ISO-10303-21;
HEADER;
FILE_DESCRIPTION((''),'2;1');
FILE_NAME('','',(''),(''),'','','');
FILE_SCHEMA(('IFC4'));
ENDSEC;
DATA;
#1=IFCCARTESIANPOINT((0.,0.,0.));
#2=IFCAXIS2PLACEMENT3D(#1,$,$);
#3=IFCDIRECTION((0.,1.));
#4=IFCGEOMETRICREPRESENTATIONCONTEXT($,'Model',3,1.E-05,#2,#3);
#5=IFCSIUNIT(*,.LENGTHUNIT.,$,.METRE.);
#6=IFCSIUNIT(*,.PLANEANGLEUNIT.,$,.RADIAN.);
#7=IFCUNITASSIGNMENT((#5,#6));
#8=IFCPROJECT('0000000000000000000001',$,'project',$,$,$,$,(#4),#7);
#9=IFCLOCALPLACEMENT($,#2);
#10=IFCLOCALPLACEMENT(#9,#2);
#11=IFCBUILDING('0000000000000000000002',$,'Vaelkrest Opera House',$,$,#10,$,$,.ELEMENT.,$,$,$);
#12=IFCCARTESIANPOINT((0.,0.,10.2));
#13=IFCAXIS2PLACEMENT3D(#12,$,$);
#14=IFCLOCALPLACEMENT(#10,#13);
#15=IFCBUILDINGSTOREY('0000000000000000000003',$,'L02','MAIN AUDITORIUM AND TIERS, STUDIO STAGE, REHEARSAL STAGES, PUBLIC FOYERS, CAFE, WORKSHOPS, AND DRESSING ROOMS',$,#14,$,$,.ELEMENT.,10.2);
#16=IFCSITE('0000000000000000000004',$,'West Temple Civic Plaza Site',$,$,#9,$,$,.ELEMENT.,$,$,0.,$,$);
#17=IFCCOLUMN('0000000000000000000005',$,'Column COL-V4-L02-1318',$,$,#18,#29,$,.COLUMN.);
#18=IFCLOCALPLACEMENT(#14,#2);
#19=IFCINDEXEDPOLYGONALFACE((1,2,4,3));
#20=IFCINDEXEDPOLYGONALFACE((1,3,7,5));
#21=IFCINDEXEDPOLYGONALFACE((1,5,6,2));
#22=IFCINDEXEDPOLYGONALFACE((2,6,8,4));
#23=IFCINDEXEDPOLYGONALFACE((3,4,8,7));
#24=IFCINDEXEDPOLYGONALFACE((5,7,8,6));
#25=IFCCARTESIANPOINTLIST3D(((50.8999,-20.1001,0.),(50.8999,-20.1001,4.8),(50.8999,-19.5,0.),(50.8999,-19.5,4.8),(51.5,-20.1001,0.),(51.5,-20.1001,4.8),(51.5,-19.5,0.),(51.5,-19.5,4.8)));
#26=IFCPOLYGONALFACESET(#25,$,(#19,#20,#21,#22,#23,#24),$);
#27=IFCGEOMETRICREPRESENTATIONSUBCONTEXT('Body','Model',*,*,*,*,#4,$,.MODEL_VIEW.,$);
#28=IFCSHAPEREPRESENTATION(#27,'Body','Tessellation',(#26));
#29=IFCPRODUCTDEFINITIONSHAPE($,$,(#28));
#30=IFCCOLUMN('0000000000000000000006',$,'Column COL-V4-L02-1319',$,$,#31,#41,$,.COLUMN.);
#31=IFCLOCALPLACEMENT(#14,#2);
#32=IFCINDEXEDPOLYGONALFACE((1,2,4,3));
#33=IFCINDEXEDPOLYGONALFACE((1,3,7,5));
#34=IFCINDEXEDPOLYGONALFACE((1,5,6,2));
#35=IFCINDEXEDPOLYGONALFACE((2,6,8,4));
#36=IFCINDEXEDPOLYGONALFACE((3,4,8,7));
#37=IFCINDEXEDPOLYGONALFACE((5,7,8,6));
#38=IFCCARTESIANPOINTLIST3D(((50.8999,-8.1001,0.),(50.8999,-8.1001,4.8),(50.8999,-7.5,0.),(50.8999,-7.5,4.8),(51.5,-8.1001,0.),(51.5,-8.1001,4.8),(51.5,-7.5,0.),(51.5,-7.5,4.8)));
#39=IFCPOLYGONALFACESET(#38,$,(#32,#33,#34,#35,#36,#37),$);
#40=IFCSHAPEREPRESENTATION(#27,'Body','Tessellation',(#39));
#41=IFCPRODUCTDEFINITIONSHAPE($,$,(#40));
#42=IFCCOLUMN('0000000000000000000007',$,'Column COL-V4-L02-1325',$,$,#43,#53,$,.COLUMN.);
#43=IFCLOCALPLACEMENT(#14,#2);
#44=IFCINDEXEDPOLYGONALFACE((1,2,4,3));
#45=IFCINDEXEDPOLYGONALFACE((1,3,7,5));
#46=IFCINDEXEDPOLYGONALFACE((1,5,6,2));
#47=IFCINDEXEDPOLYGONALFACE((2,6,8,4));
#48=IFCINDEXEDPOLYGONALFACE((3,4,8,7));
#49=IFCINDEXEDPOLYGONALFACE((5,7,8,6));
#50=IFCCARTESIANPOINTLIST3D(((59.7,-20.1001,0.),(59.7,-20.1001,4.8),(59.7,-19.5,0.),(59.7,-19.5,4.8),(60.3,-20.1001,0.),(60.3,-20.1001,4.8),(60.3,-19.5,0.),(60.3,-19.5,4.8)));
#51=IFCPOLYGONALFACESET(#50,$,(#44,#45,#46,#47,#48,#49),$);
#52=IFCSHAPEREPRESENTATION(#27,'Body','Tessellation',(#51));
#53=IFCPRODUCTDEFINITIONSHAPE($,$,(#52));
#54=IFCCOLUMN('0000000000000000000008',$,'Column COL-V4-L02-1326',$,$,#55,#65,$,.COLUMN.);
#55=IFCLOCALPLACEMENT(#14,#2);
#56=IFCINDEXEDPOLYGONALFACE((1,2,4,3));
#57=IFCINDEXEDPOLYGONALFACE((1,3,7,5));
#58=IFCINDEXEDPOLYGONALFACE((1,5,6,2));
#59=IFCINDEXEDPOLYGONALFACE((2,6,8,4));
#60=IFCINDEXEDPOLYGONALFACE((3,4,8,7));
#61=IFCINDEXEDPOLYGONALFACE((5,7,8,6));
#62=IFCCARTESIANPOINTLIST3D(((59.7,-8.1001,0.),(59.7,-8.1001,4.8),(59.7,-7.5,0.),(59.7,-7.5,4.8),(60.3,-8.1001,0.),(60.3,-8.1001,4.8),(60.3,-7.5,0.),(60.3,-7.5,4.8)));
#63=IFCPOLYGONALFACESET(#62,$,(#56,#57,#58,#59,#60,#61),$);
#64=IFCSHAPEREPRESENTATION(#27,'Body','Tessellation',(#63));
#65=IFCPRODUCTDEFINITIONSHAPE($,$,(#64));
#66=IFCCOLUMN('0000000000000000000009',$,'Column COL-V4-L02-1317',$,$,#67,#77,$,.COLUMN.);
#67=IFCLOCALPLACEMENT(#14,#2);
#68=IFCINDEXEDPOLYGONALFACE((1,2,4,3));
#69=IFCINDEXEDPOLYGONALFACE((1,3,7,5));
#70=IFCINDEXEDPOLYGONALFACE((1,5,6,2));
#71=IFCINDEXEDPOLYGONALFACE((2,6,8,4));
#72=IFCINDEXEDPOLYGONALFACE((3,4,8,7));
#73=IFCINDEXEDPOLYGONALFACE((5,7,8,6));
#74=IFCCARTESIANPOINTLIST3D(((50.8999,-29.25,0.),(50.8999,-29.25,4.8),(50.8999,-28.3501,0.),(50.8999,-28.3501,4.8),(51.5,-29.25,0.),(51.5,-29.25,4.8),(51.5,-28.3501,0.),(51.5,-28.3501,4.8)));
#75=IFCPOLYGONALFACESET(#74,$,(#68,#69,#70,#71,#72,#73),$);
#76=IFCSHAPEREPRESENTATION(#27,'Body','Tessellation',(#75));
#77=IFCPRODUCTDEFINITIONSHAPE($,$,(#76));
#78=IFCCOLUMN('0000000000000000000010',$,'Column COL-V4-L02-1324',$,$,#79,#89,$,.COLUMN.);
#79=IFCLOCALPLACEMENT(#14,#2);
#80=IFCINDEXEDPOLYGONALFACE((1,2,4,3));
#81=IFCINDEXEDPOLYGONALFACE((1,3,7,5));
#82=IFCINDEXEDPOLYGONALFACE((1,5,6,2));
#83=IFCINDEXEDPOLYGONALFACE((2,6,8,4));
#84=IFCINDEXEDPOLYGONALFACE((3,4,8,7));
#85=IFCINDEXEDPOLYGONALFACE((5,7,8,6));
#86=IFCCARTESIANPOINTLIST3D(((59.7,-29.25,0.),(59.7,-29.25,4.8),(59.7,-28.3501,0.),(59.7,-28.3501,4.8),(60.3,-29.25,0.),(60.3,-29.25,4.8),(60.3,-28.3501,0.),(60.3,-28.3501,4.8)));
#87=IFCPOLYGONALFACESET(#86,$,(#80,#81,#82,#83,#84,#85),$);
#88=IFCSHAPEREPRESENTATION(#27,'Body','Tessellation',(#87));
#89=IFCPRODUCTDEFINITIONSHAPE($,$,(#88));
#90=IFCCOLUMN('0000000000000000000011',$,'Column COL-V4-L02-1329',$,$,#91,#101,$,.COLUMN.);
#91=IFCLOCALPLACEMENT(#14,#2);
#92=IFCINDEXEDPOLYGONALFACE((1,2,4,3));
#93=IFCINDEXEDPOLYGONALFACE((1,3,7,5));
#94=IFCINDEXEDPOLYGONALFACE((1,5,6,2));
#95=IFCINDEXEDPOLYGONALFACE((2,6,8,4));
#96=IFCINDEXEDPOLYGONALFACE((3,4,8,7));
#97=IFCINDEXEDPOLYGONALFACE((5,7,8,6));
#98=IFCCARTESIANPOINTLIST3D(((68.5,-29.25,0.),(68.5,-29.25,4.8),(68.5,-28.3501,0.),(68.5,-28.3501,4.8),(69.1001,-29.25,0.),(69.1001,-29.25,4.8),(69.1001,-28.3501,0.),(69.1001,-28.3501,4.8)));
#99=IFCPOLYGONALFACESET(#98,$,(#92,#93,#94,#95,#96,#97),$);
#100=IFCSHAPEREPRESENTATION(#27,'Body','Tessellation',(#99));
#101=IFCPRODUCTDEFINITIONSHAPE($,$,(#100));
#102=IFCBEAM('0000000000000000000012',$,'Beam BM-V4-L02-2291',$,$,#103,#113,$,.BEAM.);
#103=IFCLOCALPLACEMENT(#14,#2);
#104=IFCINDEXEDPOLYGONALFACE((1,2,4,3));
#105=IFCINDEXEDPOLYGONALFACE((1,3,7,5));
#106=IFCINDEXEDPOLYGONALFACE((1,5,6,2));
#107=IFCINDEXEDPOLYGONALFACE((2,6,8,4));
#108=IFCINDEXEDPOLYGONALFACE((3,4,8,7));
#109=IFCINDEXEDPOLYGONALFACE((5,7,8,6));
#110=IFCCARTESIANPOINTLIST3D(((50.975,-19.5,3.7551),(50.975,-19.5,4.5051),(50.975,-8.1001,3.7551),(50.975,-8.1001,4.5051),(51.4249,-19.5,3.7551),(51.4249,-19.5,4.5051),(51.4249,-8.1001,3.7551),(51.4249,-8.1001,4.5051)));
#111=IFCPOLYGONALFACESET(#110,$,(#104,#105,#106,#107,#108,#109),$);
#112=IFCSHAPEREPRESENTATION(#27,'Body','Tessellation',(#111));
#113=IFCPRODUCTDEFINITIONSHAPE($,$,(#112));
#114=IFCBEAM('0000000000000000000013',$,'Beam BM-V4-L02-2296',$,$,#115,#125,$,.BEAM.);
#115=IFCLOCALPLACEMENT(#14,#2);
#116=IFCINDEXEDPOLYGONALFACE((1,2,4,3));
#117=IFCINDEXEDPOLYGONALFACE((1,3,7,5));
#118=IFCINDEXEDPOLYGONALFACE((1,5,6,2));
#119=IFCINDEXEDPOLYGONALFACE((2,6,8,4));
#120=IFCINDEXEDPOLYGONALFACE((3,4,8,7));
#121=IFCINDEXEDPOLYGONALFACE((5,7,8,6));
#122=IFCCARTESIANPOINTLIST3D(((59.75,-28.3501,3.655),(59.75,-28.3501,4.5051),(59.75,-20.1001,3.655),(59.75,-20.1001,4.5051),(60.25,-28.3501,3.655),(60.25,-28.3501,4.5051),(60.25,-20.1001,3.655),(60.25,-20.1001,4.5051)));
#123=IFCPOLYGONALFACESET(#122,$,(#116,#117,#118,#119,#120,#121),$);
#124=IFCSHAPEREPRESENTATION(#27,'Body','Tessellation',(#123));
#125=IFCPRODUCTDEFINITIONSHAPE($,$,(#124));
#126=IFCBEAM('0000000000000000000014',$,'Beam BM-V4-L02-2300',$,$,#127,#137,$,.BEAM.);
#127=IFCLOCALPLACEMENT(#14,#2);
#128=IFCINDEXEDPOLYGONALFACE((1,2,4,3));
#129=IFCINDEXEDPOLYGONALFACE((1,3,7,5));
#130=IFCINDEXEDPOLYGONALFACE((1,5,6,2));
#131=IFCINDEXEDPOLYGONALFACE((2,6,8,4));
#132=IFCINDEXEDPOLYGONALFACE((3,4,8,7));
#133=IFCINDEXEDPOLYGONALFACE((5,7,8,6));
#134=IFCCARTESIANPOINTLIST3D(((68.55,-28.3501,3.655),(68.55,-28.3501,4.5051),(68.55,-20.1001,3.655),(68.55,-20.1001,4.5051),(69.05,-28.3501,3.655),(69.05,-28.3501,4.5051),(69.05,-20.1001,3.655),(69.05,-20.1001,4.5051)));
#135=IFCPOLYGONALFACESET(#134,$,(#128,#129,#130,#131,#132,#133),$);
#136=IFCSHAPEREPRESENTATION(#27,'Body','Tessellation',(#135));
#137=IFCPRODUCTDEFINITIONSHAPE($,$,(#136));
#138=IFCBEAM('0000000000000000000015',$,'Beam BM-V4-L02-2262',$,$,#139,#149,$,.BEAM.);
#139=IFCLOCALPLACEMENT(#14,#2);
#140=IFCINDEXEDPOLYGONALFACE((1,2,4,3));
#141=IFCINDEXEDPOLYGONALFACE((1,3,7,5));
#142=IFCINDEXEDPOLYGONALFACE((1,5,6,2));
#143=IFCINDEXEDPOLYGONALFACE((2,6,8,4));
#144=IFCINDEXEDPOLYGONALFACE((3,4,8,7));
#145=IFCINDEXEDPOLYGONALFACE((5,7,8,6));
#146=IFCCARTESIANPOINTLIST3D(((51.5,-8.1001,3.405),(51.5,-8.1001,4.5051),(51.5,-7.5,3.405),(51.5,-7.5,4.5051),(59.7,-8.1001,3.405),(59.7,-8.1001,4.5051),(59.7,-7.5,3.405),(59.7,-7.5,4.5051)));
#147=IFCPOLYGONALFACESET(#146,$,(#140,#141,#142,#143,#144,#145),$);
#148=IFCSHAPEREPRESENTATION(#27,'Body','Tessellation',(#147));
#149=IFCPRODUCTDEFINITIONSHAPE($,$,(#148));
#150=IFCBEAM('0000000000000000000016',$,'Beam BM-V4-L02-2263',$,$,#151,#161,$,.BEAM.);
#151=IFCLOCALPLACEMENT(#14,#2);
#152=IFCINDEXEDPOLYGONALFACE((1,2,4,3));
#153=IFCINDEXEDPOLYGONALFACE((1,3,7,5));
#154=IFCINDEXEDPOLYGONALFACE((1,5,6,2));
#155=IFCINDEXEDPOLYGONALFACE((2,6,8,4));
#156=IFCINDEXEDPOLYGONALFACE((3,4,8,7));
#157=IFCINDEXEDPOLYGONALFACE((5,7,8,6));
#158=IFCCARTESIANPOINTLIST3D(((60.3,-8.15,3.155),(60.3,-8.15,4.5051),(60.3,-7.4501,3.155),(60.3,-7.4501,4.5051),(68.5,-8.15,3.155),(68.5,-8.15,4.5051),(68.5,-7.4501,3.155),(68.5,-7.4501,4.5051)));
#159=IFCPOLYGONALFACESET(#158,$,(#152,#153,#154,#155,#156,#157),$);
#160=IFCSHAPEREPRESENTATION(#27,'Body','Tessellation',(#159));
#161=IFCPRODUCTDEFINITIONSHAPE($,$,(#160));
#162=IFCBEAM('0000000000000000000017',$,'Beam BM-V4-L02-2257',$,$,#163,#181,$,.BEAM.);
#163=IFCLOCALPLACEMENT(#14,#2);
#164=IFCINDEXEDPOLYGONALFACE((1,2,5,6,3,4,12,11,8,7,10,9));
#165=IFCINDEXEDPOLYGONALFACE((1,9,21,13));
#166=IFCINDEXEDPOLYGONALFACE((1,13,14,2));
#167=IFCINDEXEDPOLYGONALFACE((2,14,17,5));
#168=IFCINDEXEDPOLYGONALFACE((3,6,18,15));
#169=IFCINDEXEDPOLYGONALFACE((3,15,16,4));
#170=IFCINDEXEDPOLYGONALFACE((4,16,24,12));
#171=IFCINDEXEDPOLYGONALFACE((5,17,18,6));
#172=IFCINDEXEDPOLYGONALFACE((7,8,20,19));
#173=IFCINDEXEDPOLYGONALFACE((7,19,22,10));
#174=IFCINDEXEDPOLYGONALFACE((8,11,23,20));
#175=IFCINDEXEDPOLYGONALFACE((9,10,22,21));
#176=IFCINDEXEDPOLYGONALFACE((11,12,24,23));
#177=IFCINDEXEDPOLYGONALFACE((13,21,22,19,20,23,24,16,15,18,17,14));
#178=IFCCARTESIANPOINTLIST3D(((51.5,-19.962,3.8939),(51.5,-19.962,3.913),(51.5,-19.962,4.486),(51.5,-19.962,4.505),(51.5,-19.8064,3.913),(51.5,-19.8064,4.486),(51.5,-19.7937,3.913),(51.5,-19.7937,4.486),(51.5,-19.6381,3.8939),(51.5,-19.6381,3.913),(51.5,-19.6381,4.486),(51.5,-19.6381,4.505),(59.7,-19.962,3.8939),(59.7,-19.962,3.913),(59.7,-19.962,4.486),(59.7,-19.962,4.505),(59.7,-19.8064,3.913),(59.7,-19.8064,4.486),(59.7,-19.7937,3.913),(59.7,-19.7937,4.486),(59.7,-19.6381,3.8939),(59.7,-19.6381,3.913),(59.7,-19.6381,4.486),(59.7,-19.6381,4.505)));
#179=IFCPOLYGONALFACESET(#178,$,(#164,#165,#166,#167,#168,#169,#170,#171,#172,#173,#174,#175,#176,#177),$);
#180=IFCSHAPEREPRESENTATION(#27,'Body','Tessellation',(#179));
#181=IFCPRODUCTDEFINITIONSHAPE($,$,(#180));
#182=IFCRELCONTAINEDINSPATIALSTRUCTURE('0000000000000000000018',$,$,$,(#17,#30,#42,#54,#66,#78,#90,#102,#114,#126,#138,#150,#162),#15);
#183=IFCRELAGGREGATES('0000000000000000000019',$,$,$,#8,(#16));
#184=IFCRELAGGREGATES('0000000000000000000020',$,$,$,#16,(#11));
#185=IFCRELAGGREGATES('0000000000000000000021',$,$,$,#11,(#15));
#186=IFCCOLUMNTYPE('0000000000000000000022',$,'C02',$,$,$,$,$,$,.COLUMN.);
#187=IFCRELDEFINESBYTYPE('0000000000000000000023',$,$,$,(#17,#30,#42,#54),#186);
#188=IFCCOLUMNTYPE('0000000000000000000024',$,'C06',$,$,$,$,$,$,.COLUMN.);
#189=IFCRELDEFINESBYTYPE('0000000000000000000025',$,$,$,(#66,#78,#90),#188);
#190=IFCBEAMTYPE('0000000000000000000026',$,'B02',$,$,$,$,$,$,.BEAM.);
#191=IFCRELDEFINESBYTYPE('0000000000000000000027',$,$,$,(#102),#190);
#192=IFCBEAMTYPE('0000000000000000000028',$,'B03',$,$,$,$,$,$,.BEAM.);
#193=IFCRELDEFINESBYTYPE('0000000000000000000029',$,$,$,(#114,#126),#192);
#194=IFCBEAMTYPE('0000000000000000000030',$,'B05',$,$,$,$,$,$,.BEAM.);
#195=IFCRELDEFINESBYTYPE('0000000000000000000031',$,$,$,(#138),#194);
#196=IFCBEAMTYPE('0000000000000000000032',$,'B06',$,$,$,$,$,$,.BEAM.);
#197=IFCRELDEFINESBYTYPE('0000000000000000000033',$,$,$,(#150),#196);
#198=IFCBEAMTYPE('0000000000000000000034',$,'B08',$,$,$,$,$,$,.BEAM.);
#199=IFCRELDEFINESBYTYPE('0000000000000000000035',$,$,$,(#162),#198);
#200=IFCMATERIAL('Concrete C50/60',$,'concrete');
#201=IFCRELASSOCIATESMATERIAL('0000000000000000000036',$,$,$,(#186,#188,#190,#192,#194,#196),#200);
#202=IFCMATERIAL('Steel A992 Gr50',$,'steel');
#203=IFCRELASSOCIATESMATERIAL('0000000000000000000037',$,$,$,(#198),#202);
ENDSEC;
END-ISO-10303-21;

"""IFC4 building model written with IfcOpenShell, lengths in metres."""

from ifc_helpers import new_model, si_unit, direction, frame, origin, origin_2d, place, context, subcontext, project, spatial, rectangle, i_section, extrude, material, material_profile, profile_set, type_object, element, save


model = new_model("IFC4")

# Units and contexts
model_context = context("Model", 3, precision=1e-05, world=origin(), true_north=direction((0.0, 1.0)))
body_context = subcontext(model_context, "Body", "Model", "MODEL_VIEW")
ifc_project = project(units=[si_unit("LENGTHUNIT", "METRE"), si_unit("PLANEANGLEUNIT", "RADIAN")], contexts=[model_context])

# Site, building, storey
site_placement = place(None, origin())
site = spatial("IfcSite", under=ifc_project, at=site_placement, Name="West Temple Civic Plaza Site", CompositionType="ELEMENT", RefElevation=0.0)
building_placement = place(site_placement, origin())
building = spatial("IfcBuilding", under=site, at=building_placement, Name="Vaelkrest Opera House", CompositionType="ELEMENT")
storey_placement = place(building_placement, frame((0.0, 0.0, 10.2)))
storey = spatial("IfcBuildingStorey", under=building, at=storey_placement, Name="L02", Description="MAIN AUDITORIUM AND TIERS, STUDIO STAGE, REHEARSAL STAGES, PUBLIC FOYERS, CAFE, WORKSHOPS, AND DRESSING ROOMS", CompositionType="ELEMENT", Elevation=10.2)

# Columns
ifc_material_1 = material(Name="Concrete C50/60", Category="concrete")
ifc_material_profile_1 = material_profile(ifc_material_1, rectangle(XDim=0.6001, YDim=0.6001, at=origin_2d()), Name="RC600X600")
ifc_profile_set_1 = profile_set([ifc_material_profile_1], Name="Concrete C50/60")
column_type_1 = type_object("IfcColumnType", Name="C02", PredefinedType="COLUMN", material=ifc_profile_set_1)
for number, where, z_axis, x_axis, name in (
    (1, (51.2, -19.8, 0.0), (0.0, 0.0, 1.0), (1.0, 0.0, 0.0), "Column COL-V4-L02-1318"),
    (2, (51.2, -7.8, 0.0), (0.0, 0.0, 1.0), (1.0, 0.0, 0.0), "Column COL-V4-L02-1319"),
    (3, (60.0, -19.8, 0.0), (0.0, 0.0, 1.0), (1.0, 0.0, 0.0), "Column COL-V4-L02-1325"),
    (4, (60.0, -7.8, 0.0), (0.0, 0.0, 1.0), (1.0, 0.0, 0.0), "Column COL-V4-L02-1326"),
):
    element("IfcColumn", number, at=place(storey_placement, frame(where, z_axis=z_axis, x_axis=x_axis)), inside=storey, type_object=column_type_1, Name=name, PredefinedType="COLUMN", context=body_context, shape_type="SweptSolid", body=[
        extrude(rectangle(XDim=0.6001, YDim=0.6001, at=origin_2d()), origin(), (0.0, 0.0, 1.0), 4.8),
    ])
ifc_material_profile_2 = material_profile(ifc_material_1, rectangle(XDim=0.6001, YDim=0.8999, at=origin_2d()), Name="RC600X900")
ifc_profile_set_2 = profile_set([ifc_material_profile_2], Name="Concrete C50/60")
column_type_2 = type_object("IfcColumnType", Name="C06", PredefinedType="COLUMN", material=ifc_profile_set_2)
for number, where, z_axis, x_axis, name in (
    (5, (51.2, -28.8, 0.0), (0.0, 0.0, 1.0), (1.0, 0.0, 0.0), "Column COL-V4-L02-1317"),
    (6, (60.0, -28.8, 0.0), (0.0, 0.0, 1.0), (1.0, 0.0, 0.0), "Column COL-V4-L02-1324"),
    (7, (68.8, -28.8, 0.0), (0.0, 0.0, 1.0), (1.0, 0.0, 0.0), "Column COL-V4-L02-1329"),
):
    element("IfcColumn", number, at=place(storey_placement, frame(where, z_axis=z_axis, x_axis=x_axis)), inside=storey, type_object=column_type_2, Name=name, PredefinedType="COLUMN", context=body_context, shape_type="SweptSolid", body=[
        extrude(rectangle(XDim=0.6001, YDim=0.8999, at=origin_2d()), origin(), (0.0, 0.0, 1.0), 4.8),
    ])

# Beams
ifc_material_profile_3 = material_profile(ifc_material_1, rectangle(XDim=0.45, YDim=0.75, at=origin_2d()), Name="RCB450X750")
ifc_profile_set_3 = profile_set([ifc_material_profile_3], Name="Concrete C50/60")
beam_type_1 = type_object("IfcBeamType", Name="B02", PredefinedType="BEAM", material=ifc_profile_set_3)
beam_1_placement = place(storey_placement, frame((51.2, -19.5, 4.1301), z_axis=(0.0, 1.0, 0.0), x_axis=(-1.0, 0.0, 0.0)))
element("IfcBeam", 8, at=beam_1_placement, inside=storey, type_object=beam_type_1, Name="Beam BM-V4-L02-2291", PredefinedType="BEAM", context=body_context, shape_type="SweptSolid", body=[
    extrude(rectangle(XDim=0.45, YDim=0.75, at=origin_2d()), origin(), (0.0, 0.0, 1.0), 11.3999),
])
ifc_material_profile_4 = material_profile(ifc_material_1, rectangle(XDim=0.5, YDim=0.8501, at=origin_2d()), Name="RCB500X850")
ifc_profile_set_4 = profile_set([ifc_material_profile_4], Name="Concrete C50/60")
beam_type_2 = type_object("IfcBeamType", Name="B03", PredefinedType="BEAM", material=ifc_profile_set_4)
for number, where, z_axis, x_axis, name in (
    (9, (60.0, -28.3501, 4.0801), (0.0, 1.0, 0.0), (-1.0, 0.0, 0.0), "Beam BM-V4-L02-2296"),
    (10, (68.8, -28.3501, 4.0801), (0.0, 1.0, 0.0), (-1.0, 0.0, 0.0), "Beam BM-V4-L02-2300"),
):
    element("IfcBeam", number, at=place(storey_placement, frame(where, z_axis=z_axis, x_axis=x_axis)), inside=storey, type_object=beam_type_2, Name=name, PredefinedType="BEAM", context=body_context, shape_type="SweptSolid", body=[
        extrude(rectangle(XDim=0.5, YDim=0.8501, at=origin_2d()), origin(), (0.0, 0.0, 1.0), 8.25),
    ])
ifc_material_profile_5 = material_profile(ifc_material_1, rectangle(XDim=0.6001, YDim=1.1001, at=origin_2d()), Name="RCB600X1100")
ifc_profile_set_5 = profile_set([ifc_material_profile_5], Name="Concrete C50/60")
beam_type_3 = type_object("IfcBeamType", Name="B05", PredefinedType="BEAM", material=ifc_profile_set_5)
beam_2_placement = place(storey_placement, frame((51.5, -7.8, 3.9551), z_axis=(1.0, 0.0, 0.0), x_axis=(0.0, 1.0, 0.0)))
element("IfcBeam", 11, at=beam_2_placement, inside=storey, type_object=beam_type_3, Name="Beam BM-V4-L02-2262", PredefinedType="BEAM", context=body_context, shape_type="SweptSolid", body=[
    extrude(rectangle(XDim=0.6001, YDim=1.1001, at=origin_2d()), origin(), (0.0, 0.0, 1.0), 8.2),
])
ifc_material_profile_6 = material_profile(ifc_material_1, rectangle(XDim=0.7, YDim=1.3501, at=origin_2d()), Name="RCB700X1350")
ifc_profile_set_6 = profile_set([ifc_material_profile_6], Name="Concrete C50/60")
beam_type_4 = type_object("IfcBeamType", Name="B06", PredefinedType="BEAM", material=ifc_profile_set_6)
beam_3_placement = place(storey_placement, frame((60.3, -7.8, 3.8301), z_axis=(1.0, 0.0, 0.0), x_axis=(0.0, 1.0, 0.0)))
element("IfcBeam", 12, at=beam_3_placement, inside=storey, type_object=beam_type_4, Name="Beam BM-V4-L02-2263", PredefinedType="BEAM", context=body_context, shape_type="SweptSolid", body=[
    extrude(rectangle(XDim=0.7, YDim=1.3501, at=origin_2d()), origin(), (0.0, 0.0, 1.0), 8.2),
])
ifc_material_2 = material(Name="Steel A992 Gr50", Category="steel")
ifc_material_profile_7 = material_profile(ifc_material_2, i_section(OverallWidth=0.324, OverallDepth=0.6111, WebThickness=0.0127, FlangeThickness=0.019, at=origin_2d()), Name="W24X104")
ifc_profile_set_7 = profile_set([ifc_material_profile_7], Name="Steel A992 Gr50")
beam_type_5 = type_object("IfcBeamType", Name="B08", PredefinedType="BEAM", material=ifc_profile_set_7)
beam_4_placement = place(storey_placement, frame((51.5, -19.8, 4.1995), z_axis=(1.0, 0.0, 0.0), x_axis=(0.0, 1.0, 0.0)))
element("IfcBeam", 13, at=beam_4_placement, inside=storey, type_object=beam_type_5, Name="Beam BM-V4-L02-2257", PredefinedType="BEAM", context=body_context, shape_type="SweptSolid", body=[
    extrude(i_section(OverallWidth=0.324, OverallDepth=0.6111, WebThickness=0.0127, FlangeThickness=0.019, at=origin_2d()), origin(), (0.0, 0.0, 1.0), 8.2),
])

save(model, "model.ifc")
